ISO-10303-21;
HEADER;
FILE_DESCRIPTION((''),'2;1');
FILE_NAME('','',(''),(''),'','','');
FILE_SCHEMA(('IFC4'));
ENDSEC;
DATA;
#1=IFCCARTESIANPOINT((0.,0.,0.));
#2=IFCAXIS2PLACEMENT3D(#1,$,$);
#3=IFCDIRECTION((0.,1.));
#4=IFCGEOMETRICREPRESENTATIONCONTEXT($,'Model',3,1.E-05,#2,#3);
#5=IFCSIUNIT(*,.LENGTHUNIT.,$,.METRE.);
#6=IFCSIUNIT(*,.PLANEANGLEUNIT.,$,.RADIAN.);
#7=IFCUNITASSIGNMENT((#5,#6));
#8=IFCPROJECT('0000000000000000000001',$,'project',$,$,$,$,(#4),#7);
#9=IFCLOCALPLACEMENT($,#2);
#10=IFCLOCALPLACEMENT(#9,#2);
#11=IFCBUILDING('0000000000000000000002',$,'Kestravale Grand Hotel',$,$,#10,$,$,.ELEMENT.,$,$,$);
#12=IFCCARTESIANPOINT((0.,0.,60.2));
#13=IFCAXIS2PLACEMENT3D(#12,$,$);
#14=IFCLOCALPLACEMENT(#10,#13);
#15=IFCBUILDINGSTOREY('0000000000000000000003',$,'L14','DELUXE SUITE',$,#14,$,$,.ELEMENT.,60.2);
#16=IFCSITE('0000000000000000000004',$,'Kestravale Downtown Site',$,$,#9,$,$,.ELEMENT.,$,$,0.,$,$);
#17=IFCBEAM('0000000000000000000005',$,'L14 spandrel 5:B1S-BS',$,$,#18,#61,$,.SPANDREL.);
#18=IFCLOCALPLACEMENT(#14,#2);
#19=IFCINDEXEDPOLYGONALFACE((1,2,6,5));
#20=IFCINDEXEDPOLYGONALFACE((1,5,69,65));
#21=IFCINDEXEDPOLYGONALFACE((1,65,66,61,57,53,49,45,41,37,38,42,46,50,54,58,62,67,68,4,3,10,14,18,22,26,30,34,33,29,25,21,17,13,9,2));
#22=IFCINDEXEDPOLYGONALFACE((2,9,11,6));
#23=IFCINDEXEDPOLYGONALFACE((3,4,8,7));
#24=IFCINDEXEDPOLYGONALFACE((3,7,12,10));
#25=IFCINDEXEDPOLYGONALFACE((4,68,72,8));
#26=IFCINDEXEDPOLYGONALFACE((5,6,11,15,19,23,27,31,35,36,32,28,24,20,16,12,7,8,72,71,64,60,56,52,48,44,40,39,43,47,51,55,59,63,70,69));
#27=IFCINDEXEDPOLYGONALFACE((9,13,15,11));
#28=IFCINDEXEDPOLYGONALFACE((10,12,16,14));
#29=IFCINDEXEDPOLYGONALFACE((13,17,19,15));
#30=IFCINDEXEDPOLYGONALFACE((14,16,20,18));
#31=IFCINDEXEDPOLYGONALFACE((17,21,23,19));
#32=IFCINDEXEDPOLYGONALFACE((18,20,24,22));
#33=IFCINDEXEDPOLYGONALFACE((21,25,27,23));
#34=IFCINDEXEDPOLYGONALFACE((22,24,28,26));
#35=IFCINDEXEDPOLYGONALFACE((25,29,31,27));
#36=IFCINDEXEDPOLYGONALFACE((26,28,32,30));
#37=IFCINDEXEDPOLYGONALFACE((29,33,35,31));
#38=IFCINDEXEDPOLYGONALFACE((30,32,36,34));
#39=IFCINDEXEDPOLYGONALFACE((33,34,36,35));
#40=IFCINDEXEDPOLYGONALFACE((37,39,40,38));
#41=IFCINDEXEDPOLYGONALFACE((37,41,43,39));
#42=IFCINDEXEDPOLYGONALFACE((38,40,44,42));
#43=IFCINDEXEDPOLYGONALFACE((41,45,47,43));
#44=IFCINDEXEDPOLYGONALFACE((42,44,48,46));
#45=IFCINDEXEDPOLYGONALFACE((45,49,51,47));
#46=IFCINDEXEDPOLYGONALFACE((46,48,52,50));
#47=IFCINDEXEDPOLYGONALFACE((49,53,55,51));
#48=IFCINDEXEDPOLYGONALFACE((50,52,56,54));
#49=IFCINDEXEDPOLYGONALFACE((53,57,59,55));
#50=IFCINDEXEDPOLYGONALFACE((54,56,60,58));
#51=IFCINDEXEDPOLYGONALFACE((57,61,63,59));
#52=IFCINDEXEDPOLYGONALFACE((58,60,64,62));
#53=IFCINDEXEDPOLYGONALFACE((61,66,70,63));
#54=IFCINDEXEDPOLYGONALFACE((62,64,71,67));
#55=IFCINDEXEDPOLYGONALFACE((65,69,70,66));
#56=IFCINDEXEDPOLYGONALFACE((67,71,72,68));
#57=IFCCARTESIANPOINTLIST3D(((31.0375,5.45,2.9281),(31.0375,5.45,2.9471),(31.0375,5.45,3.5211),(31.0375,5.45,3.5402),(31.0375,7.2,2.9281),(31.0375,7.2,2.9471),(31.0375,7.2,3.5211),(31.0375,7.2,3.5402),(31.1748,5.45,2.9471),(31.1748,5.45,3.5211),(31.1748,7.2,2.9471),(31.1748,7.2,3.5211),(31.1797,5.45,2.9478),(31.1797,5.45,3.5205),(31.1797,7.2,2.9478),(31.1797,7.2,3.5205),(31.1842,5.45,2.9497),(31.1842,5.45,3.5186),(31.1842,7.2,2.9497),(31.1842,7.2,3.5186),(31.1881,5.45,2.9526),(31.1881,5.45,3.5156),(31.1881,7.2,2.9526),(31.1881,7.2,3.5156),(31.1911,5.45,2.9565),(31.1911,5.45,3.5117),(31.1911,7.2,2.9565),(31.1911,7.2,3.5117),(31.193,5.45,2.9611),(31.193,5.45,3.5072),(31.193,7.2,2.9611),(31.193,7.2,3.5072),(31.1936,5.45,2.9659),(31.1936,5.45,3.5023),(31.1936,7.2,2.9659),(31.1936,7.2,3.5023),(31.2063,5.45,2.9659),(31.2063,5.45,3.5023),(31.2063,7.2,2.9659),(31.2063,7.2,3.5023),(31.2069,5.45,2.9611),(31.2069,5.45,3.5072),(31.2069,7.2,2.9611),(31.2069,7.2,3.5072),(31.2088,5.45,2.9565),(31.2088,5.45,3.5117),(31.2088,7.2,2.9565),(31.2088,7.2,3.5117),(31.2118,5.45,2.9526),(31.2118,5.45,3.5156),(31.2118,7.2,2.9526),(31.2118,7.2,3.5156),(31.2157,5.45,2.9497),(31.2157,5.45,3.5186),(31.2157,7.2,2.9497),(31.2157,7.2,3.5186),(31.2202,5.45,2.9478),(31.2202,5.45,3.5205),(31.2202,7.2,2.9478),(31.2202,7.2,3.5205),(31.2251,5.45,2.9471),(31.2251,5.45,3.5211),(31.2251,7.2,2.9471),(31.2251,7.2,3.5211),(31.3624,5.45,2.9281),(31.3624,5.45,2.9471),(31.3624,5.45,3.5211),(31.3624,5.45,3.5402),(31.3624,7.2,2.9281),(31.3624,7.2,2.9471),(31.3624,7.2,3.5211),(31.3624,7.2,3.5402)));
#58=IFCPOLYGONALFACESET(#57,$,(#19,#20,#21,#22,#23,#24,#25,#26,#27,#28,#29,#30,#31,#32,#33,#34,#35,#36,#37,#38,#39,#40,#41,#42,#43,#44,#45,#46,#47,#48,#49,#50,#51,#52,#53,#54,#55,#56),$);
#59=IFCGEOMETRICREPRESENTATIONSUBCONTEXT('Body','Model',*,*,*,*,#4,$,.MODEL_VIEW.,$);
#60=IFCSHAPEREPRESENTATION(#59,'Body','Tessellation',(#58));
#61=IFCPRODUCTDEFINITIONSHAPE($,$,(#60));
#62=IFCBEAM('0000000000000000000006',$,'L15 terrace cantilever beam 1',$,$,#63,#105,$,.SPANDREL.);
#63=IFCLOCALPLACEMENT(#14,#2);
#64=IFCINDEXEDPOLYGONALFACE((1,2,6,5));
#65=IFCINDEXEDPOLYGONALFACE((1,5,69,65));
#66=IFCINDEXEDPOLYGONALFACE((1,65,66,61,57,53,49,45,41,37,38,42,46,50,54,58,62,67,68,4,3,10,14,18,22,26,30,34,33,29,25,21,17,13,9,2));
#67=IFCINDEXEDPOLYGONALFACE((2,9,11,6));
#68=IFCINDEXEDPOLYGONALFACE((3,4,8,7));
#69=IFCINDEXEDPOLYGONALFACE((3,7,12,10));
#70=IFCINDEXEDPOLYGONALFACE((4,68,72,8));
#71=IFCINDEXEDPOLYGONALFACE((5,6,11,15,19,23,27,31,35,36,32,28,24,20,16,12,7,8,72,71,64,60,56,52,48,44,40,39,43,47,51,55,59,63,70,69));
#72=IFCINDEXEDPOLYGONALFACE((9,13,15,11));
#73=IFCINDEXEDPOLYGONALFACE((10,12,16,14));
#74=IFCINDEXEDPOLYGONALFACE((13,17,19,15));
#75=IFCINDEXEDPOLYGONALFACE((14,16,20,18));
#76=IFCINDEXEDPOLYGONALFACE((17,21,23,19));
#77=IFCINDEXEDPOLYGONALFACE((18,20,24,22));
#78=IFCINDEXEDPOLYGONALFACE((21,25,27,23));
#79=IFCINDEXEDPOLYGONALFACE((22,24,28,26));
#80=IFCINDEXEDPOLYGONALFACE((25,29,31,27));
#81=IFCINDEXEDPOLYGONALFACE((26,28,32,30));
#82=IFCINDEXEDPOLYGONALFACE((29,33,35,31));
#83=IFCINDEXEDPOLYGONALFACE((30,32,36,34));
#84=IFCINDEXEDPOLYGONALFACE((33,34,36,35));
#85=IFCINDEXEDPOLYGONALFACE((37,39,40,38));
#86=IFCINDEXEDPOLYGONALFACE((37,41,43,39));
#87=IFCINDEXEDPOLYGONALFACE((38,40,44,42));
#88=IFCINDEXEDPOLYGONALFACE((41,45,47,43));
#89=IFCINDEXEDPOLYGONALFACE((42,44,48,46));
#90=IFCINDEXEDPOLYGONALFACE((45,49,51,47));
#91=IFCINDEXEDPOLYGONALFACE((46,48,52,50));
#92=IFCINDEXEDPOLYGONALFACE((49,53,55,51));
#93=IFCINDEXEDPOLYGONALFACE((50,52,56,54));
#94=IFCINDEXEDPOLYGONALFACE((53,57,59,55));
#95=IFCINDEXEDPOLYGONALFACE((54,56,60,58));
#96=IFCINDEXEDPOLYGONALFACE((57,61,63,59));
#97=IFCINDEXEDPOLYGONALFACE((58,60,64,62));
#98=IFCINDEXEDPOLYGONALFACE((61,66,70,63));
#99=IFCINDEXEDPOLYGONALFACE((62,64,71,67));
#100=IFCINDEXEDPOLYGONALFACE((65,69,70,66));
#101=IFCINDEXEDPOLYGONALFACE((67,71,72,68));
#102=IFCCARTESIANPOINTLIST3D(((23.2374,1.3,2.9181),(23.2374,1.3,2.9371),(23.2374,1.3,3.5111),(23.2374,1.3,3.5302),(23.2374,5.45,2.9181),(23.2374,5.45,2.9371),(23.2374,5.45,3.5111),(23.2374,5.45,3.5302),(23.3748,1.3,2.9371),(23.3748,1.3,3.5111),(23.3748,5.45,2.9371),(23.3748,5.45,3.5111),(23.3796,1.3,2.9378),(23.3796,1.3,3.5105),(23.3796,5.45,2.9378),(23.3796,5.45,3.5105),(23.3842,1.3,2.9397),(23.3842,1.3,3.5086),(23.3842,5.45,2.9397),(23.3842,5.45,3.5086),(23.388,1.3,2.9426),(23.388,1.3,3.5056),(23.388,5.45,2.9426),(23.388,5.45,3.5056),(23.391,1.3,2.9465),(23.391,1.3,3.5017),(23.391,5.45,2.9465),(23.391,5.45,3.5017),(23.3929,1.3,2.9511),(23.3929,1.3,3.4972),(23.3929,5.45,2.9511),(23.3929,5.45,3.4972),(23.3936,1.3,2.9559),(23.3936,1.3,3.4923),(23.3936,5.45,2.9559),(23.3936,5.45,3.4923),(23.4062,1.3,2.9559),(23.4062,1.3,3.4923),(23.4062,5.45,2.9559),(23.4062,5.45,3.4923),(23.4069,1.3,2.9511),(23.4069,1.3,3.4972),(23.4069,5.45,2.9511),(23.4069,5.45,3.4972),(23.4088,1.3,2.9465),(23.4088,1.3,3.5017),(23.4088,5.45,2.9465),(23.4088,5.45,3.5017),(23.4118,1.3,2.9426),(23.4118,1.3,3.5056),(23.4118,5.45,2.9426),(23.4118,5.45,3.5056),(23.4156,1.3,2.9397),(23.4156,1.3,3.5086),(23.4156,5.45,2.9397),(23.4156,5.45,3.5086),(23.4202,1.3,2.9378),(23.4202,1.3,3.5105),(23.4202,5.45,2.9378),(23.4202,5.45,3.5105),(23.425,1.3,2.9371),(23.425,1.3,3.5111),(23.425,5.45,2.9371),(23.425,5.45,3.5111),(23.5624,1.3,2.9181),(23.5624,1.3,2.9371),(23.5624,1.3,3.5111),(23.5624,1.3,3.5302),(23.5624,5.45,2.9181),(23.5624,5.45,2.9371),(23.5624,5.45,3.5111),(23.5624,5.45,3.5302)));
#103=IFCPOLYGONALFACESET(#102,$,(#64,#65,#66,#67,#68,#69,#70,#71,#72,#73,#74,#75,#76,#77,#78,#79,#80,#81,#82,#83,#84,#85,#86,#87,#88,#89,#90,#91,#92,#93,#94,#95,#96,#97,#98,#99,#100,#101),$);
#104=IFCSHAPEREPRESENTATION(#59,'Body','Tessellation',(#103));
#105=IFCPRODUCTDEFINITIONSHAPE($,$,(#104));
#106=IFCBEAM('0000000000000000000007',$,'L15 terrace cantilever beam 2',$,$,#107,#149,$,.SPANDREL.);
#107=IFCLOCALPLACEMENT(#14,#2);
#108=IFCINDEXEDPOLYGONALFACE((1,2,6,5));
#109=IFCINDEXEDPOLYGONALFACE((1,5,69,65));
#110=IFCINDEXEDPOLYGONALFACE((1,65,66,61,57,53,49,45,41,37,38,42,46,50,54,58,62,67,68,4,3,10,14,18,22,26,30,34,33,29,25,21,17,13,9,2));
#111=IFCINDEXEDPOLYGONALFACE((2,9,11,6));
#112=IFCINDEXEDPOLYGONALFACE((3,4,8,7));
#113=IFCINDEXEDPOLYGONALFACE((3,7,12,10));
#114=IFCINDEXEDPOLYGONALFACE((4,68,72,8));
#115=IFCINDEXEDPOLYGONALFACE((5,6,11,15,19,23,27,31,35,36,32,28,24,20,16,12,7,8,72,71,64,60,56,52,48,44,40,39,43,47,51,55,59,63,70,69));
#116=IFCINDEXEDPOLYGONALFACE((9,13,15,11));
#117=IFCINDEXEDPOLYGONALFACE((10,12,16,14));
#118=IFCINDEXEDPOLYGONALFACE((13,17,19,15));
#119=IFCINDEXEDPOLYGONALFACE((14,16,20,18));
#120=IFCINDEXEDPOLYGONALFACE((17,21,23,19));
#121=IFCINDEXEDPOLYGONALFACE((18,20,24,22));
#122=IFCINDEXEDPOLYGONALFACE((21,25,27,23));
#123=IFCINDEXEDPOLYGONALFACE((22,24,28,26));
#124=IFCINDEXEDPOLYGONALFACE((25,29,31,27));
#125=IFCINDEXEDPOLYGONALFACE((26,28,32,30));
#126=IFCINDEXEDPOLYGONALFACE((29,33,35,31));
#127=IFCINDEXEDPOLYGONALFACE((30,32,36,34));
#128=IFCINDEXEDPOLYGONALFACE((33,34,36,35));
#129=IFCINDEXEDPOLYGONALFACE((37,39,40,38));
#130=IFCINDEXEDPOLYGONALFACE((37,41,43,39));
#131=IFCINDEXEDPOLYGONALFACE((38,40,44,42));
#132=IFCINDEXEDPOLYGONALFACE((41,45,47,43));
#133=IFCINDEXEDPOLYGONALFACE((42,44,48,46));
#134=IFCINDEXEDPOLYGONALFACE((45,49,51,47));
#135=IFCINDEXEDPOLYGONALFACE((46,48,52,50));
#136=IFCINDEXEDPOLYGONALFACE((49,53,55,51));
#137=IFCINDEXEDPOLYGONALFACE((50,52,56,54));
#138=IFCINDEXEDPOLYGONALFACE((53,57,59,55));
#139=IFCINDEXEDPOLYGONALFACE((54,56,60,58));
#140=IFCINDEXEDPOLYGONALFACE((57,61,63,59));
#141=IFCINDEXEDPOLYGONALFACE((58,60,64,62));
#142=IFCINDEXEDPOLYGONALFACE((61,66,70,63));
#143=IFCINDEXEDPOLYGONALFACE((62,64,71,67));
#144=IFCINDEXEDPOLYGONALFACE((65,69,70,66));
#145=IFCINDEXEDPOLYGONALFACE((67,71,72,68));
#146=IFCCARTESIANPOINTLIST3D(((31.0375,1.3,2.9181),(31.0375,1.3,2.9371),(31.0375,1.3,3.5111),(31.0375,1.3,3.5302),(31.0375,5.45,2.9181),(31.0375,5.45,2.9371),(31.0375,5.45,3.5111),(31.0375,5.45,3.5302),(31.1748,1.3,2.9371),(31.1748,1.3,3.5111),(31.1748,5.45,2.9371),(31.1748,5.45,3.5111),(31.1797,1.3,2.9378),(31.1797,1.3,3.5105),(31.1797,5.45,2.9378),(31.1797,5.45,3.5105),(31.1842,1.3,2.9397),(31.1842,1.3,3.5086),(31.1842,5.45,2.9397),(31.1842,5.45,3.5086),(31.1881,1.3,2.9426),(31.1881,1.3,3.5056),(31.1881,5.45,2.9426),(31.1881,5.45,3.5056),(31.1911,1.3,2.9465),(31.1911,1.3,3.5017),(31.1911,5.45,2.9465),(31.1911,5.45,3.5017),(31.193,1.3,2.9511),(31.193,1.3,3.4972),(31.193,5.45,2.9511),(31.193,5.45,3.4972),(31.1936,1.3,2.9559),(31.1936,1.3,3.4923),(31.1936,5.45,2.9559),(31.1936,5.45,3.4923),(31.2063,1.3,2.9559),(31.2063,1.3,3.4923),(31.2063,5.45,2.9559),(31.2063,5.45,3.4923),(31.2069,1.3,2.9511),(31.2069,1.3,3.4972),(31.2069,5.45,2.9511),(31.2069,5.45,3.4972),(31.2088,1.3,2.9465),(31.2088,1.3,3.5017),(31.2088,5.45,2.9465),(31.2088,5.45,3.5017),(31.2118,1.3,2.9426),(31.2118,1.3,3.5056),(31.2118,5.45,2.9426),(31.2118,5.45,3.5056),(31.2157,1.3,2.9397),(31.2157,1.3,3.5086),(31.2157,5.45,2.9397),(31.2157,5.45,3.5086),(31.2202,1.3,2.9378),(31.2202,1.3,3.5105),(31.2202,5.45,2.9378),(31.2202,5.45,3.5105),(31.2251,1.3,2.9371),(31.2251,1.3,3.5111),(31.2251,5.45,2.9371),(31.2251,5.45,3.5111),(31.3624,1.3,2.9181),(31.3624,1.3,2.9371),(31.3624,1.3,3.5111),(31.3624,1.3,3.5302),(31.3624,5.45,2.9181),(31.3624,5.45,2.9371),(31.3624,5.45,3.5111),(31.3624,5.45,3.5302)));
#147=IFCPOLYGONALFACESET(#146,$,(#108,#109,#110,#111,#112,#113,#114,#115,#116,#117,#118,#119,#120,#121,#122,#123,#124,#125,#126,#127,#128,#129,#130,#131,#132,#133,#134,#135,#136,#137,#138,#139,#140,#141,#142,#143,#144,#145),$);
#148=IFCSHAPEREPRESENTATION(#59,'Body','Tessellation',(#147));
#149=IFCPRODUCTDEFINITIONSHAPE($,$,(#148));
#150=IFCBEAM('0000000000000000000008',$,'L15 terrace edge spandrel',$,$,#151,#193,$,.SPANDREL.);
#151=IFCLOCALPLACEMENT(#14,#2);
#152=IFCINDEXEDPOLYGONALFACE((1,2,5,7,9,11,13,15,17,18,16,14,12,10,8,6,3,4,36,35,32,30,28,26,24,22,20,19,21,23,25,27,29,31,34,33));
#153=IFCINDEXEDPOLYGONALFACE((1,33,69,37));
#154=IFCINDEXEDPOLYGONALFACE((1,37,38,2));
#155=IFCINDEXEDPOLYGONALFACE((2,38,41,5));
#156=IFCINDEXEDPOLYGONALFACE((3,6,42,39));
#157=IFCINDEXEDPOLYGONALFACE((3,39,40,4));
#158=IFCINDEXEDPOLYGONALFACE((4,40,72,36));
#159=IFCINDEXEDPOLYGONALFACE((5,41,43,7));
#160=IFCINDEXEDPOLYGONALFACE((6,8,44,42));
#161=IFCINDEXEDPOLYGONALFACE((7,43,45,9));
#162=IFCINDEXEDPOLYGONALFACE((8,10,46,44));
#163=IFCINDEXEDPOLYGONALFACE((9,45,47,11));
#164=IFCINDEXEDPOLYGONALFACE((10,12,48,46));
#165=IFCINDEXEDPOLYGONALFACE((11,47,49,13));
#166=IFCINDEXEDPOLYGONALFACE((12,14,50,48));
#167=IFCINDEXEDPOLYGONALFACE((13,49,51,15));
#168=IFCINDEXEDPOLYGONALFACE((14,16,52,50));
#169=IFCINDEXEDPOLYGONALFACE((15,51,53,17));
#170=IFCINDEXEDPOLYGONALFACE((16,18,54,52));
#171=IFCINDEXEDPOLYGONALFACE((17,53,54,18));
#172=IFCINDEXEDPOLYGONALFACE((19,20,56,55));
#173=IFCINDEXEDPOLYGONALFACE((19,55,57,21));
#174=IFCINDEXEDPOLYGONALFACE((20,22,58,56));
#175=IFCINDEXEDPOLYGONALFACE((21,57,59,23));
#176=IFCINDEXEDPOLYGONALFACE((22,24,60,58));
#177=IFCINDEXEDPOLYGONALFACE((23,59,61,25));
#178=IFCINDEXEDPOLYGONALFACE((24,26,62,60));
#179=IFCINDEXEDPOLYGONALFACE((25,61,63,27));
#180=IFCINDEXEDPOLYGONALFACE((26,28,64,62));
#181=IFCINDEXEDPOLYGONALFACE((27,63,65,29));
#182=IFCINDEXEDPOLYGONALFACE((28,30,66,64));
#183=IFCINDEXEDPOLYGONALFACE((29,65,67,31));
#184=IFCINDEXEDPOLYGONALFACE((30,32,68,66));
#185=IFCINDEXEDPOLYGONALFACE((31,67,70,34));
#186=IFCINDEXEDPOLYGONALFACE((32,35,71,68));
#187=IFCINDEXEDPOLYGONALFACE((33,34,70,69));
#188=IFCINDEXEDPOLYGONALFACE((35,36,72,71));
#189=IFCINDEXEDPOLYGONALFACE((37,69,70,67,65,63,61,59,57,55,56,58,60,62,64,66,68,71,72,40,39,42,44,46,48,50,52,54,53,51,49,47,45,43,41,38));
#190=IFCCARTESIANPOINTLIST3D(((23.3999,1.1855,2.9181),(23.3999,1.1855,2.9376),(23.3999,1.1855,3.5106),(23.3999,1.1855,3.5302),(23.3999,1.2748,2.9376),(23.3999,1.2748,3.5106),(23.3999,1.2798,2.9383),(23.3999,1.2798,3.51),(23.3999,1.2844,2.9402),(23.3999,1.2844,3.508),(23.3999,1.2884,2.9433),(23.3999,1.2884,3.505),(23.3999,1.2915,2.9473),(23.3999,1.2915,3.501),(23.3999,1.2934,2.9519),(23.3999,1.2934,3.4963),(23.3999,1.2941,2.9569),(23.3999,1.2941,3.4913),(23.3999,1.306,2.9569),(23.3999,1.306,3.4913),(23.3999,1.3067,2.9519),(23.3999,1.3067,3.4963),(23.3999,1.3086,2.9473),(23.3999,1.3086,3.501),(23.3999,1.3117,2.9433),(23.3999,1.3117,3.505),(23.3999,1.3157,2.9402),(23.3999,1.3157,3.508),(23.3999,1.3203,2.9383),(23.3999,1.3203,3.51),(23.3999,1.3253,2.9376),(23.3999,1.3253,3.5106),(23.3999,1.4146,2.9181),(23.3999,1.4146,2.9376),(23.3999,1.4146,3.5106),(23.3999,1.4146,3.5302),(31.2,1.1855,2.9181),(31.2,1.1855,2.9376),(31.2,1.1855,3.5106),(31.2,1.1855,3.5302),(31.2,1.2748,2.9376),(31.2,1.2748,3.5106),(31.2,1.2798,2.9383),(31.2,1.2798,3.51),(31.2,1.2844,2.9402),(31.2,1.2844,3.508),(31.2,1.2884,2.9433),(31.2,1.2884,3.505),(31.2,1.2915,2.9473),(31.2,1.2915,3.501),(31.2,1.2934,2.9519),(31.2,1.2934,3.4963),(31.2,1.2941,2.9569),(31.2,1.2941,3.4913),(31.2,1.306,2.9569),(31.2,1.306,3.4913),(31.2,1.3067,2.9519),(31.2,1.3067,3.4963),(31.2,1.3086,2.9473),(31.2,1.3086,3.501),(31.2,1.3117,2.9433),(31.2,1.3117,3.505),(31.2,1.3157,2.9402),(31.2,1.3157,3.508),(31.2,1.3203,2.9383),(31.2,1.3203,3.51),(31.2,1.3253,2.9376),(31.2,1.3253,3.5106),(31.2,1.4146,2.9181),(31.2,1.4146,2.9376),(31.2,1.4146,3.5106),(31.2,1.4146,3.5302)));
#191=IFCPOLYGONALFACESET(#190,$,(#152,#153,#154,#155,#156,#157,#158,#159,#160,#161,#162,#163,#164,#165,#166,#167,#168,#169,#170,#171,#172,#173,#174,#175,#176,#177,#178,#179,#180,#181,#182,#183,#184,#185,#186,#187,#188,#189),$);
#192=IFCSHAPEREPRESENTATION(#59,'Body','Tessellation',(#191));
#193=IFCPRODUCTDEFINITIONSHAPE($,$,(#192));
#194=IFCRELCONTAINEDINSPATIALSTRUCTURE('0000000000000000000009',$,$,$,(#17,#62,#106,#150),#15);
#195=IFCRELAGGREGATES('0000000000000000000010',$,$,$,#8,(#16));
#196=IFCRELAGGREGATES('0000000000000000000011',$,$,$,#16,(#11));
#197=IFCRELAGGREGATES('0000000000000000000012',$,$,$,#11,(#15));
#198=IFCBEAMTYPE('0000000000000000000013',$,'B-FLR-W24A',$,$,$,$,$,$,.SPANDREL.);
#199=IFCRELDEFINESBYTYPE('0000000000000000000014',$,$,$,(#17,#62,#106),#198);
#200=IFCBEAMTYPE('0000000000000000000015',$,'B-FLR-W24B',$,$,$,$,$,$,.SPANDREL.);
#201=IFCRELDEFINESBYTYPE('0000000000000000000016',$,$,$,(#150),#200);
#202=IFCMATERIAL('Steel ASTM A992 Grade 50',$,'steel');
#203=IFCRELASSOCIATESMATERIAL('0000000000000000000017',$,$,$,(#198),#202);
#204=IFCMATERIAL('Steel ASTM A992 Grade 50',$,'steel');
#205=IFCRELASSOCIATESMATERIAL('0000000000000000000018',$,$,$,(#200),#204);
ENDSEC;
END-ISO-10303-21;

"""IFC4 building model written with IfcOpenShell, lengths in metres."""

from ifc_helpers import new_model, si_unit, direction, frame, origin, origin_2d, place, context, subcontext, project, spatial, i_section, extrude, material, material_profile, profile_set, type_object, element, save


model = new_model("IFC4")

# Units and contexts
model_context = context("Model", 3, precision=1e-05, world=origin(), true_north=direction((0.0, 1.0)))
body_context = subcontext(model_context, "Body", "Model", "MODEL_VIEW")
ifc_project = project(units=[si_unit("LENGTHUNIT", "METRE"), si_unit("PLANEANGLEUNIT", "RADIAN")], contexts=[model_context])

# Site, building, storey
site_placement = place(None, origin())
site = spatial("IfcSite", under=ifc_project, at=site_placement, Name="Kestravale Downtown Site", CompositionType="ELEMENT", RefElevation=0.0)
building_placement = place(site_placement, origin())
building = spatial("IfcBuilding", under=site, at=building_placement, Name="Kestravale Grand Hotel", CompositionType="ELEMENT")
storey_placement = place(building_placement, frame((0.0, 0.0, 60.2)))
storey = spatial("IfcBuildingStorey", under=building, at=storey_placement, Name="L14", Description="DELUXE SUITE", CompositionType="ELEMENT", Elevation=60.2)

# Beams
ifc_material_1 = material(Name="Steel ASTM A992 Grade 50", Category="steel")
ifc_material_profile_1 = material_profile(ifc_material_1, i_section(OverallWidth=0.325, OverallDepth=0.6121, WebThickness=0.0127, FlangeThickness=0.019, FilletRadius=0.0188, at=origin_2d()))
ifc_profile_set_1 = profile_set([ifc_material_profile_1], Name="Steel ASTM A992 Grade 50")
beam_type_1 = type_object("IfcBeamType", Name="B-FLR-W24A", PredefinedType="SPANDREL", material=ifc_profile_set_1)
for number, where, z_axis, x_axis, name in (
    (1, (31.2, 5.45, 3.2341), (0.0, 1.0, 0.0), (-1.0, 0.0, 0.0), "L14 spandrel 5:B1S-BS"),
):
    element("IfcBeam", number, at=place(storey_placement, frame(where, z_axis=z_axis, x_axis=x_axis)), inside=storey, type_object=beam_type_1, Name=name, PredefinedType="SPANDREL", context=body_context, shape_type="SweptSolid", body=[
        extrude(i_section(OverallWidth=0.325, OverallDepth=0.6121, WebThickness=0.0127, FlangeThickness=0.019, FilletRadius=0.0188, at=origin_2d()), origin(), (0.0, 0.0, 1.0), 1.75),
    ])
for number, where, z_axis, x_axis, name in (
    (2, (23.3999, 5.45, 3.2241), (0.0, -1.0, 0.0), (1.0, 0.0, 0.0), "L15 terrace cantilever beam 1"),
    (3, (31.2, 5.45, 3.2241), (0.0, -1.0, 0.0), (1.0, 0.0, 0.0), "L15 terrace cantilever beam 2"),
):
    element("IfcBeam", number, at=place(storey_placement, frame(where, z_axis=z_axis, x_axis=x_axis)), inside=storey, type_object=beam_type_1, Name=name, PredefinedType="SPANDREL", context=body_context, shape_type="SweptSolid", body=[
        extrude(i_section(OverallWidth=0.325, OverallDepth=0.6121, WebThickness=0.0127, FlangeThickness=0.019, FilletRadius=0.0188, at=origin_2d()), origin(), (0.0, 0.0, 1.0), 4.1499),
    ])
ifc_material_2 = material(Name="Steel ASTM A992 Grade 50", Category="steel")
ifc_material_profile_2 = material_profile(ifc_material_2, i_section(OverallWidth=0.229, OverallDepth=0.6121, WebThickness=0.012, FlangeThickness=0.0195, FilletRadius=0.0193, at=origin_2d()))
ifc_profile_set_2 = profile_set([ifc_material_profile_2], Name="Steel ASTM A992 Grade 50")
beam_type_2 = type_object("IfcBeamType", Name="B-FLR-W24B", PredefinedType="SPANDREL", material=ifc_profile_set_2)
beam_1_placement = place(storey_placement, frame((23.3999, 1.3, 3.2241), z_axis=(1.0, 0.0, 0.0), x_axis=(0.0, 1.0, 0.0)))
element("IfcBeam", 4, at=beam_1_placement, inside=storey, type_object=beam_type_2, Name="L15 terrace edge spandrel", PredefinedType="SPANDREL", context=body_context, shape_type="SweptSolid", body=[
    extrude(i_section(OverallWidth=0.229, OverallDepth=0.6121, WebThickness=0.012, FlangeThickness=0.0195, FilletRadius=0.0193, at=origin_2d()), origin(), (0.0, 0.0, 1.0), 7.8),
])

save(model, "model.ifc")
